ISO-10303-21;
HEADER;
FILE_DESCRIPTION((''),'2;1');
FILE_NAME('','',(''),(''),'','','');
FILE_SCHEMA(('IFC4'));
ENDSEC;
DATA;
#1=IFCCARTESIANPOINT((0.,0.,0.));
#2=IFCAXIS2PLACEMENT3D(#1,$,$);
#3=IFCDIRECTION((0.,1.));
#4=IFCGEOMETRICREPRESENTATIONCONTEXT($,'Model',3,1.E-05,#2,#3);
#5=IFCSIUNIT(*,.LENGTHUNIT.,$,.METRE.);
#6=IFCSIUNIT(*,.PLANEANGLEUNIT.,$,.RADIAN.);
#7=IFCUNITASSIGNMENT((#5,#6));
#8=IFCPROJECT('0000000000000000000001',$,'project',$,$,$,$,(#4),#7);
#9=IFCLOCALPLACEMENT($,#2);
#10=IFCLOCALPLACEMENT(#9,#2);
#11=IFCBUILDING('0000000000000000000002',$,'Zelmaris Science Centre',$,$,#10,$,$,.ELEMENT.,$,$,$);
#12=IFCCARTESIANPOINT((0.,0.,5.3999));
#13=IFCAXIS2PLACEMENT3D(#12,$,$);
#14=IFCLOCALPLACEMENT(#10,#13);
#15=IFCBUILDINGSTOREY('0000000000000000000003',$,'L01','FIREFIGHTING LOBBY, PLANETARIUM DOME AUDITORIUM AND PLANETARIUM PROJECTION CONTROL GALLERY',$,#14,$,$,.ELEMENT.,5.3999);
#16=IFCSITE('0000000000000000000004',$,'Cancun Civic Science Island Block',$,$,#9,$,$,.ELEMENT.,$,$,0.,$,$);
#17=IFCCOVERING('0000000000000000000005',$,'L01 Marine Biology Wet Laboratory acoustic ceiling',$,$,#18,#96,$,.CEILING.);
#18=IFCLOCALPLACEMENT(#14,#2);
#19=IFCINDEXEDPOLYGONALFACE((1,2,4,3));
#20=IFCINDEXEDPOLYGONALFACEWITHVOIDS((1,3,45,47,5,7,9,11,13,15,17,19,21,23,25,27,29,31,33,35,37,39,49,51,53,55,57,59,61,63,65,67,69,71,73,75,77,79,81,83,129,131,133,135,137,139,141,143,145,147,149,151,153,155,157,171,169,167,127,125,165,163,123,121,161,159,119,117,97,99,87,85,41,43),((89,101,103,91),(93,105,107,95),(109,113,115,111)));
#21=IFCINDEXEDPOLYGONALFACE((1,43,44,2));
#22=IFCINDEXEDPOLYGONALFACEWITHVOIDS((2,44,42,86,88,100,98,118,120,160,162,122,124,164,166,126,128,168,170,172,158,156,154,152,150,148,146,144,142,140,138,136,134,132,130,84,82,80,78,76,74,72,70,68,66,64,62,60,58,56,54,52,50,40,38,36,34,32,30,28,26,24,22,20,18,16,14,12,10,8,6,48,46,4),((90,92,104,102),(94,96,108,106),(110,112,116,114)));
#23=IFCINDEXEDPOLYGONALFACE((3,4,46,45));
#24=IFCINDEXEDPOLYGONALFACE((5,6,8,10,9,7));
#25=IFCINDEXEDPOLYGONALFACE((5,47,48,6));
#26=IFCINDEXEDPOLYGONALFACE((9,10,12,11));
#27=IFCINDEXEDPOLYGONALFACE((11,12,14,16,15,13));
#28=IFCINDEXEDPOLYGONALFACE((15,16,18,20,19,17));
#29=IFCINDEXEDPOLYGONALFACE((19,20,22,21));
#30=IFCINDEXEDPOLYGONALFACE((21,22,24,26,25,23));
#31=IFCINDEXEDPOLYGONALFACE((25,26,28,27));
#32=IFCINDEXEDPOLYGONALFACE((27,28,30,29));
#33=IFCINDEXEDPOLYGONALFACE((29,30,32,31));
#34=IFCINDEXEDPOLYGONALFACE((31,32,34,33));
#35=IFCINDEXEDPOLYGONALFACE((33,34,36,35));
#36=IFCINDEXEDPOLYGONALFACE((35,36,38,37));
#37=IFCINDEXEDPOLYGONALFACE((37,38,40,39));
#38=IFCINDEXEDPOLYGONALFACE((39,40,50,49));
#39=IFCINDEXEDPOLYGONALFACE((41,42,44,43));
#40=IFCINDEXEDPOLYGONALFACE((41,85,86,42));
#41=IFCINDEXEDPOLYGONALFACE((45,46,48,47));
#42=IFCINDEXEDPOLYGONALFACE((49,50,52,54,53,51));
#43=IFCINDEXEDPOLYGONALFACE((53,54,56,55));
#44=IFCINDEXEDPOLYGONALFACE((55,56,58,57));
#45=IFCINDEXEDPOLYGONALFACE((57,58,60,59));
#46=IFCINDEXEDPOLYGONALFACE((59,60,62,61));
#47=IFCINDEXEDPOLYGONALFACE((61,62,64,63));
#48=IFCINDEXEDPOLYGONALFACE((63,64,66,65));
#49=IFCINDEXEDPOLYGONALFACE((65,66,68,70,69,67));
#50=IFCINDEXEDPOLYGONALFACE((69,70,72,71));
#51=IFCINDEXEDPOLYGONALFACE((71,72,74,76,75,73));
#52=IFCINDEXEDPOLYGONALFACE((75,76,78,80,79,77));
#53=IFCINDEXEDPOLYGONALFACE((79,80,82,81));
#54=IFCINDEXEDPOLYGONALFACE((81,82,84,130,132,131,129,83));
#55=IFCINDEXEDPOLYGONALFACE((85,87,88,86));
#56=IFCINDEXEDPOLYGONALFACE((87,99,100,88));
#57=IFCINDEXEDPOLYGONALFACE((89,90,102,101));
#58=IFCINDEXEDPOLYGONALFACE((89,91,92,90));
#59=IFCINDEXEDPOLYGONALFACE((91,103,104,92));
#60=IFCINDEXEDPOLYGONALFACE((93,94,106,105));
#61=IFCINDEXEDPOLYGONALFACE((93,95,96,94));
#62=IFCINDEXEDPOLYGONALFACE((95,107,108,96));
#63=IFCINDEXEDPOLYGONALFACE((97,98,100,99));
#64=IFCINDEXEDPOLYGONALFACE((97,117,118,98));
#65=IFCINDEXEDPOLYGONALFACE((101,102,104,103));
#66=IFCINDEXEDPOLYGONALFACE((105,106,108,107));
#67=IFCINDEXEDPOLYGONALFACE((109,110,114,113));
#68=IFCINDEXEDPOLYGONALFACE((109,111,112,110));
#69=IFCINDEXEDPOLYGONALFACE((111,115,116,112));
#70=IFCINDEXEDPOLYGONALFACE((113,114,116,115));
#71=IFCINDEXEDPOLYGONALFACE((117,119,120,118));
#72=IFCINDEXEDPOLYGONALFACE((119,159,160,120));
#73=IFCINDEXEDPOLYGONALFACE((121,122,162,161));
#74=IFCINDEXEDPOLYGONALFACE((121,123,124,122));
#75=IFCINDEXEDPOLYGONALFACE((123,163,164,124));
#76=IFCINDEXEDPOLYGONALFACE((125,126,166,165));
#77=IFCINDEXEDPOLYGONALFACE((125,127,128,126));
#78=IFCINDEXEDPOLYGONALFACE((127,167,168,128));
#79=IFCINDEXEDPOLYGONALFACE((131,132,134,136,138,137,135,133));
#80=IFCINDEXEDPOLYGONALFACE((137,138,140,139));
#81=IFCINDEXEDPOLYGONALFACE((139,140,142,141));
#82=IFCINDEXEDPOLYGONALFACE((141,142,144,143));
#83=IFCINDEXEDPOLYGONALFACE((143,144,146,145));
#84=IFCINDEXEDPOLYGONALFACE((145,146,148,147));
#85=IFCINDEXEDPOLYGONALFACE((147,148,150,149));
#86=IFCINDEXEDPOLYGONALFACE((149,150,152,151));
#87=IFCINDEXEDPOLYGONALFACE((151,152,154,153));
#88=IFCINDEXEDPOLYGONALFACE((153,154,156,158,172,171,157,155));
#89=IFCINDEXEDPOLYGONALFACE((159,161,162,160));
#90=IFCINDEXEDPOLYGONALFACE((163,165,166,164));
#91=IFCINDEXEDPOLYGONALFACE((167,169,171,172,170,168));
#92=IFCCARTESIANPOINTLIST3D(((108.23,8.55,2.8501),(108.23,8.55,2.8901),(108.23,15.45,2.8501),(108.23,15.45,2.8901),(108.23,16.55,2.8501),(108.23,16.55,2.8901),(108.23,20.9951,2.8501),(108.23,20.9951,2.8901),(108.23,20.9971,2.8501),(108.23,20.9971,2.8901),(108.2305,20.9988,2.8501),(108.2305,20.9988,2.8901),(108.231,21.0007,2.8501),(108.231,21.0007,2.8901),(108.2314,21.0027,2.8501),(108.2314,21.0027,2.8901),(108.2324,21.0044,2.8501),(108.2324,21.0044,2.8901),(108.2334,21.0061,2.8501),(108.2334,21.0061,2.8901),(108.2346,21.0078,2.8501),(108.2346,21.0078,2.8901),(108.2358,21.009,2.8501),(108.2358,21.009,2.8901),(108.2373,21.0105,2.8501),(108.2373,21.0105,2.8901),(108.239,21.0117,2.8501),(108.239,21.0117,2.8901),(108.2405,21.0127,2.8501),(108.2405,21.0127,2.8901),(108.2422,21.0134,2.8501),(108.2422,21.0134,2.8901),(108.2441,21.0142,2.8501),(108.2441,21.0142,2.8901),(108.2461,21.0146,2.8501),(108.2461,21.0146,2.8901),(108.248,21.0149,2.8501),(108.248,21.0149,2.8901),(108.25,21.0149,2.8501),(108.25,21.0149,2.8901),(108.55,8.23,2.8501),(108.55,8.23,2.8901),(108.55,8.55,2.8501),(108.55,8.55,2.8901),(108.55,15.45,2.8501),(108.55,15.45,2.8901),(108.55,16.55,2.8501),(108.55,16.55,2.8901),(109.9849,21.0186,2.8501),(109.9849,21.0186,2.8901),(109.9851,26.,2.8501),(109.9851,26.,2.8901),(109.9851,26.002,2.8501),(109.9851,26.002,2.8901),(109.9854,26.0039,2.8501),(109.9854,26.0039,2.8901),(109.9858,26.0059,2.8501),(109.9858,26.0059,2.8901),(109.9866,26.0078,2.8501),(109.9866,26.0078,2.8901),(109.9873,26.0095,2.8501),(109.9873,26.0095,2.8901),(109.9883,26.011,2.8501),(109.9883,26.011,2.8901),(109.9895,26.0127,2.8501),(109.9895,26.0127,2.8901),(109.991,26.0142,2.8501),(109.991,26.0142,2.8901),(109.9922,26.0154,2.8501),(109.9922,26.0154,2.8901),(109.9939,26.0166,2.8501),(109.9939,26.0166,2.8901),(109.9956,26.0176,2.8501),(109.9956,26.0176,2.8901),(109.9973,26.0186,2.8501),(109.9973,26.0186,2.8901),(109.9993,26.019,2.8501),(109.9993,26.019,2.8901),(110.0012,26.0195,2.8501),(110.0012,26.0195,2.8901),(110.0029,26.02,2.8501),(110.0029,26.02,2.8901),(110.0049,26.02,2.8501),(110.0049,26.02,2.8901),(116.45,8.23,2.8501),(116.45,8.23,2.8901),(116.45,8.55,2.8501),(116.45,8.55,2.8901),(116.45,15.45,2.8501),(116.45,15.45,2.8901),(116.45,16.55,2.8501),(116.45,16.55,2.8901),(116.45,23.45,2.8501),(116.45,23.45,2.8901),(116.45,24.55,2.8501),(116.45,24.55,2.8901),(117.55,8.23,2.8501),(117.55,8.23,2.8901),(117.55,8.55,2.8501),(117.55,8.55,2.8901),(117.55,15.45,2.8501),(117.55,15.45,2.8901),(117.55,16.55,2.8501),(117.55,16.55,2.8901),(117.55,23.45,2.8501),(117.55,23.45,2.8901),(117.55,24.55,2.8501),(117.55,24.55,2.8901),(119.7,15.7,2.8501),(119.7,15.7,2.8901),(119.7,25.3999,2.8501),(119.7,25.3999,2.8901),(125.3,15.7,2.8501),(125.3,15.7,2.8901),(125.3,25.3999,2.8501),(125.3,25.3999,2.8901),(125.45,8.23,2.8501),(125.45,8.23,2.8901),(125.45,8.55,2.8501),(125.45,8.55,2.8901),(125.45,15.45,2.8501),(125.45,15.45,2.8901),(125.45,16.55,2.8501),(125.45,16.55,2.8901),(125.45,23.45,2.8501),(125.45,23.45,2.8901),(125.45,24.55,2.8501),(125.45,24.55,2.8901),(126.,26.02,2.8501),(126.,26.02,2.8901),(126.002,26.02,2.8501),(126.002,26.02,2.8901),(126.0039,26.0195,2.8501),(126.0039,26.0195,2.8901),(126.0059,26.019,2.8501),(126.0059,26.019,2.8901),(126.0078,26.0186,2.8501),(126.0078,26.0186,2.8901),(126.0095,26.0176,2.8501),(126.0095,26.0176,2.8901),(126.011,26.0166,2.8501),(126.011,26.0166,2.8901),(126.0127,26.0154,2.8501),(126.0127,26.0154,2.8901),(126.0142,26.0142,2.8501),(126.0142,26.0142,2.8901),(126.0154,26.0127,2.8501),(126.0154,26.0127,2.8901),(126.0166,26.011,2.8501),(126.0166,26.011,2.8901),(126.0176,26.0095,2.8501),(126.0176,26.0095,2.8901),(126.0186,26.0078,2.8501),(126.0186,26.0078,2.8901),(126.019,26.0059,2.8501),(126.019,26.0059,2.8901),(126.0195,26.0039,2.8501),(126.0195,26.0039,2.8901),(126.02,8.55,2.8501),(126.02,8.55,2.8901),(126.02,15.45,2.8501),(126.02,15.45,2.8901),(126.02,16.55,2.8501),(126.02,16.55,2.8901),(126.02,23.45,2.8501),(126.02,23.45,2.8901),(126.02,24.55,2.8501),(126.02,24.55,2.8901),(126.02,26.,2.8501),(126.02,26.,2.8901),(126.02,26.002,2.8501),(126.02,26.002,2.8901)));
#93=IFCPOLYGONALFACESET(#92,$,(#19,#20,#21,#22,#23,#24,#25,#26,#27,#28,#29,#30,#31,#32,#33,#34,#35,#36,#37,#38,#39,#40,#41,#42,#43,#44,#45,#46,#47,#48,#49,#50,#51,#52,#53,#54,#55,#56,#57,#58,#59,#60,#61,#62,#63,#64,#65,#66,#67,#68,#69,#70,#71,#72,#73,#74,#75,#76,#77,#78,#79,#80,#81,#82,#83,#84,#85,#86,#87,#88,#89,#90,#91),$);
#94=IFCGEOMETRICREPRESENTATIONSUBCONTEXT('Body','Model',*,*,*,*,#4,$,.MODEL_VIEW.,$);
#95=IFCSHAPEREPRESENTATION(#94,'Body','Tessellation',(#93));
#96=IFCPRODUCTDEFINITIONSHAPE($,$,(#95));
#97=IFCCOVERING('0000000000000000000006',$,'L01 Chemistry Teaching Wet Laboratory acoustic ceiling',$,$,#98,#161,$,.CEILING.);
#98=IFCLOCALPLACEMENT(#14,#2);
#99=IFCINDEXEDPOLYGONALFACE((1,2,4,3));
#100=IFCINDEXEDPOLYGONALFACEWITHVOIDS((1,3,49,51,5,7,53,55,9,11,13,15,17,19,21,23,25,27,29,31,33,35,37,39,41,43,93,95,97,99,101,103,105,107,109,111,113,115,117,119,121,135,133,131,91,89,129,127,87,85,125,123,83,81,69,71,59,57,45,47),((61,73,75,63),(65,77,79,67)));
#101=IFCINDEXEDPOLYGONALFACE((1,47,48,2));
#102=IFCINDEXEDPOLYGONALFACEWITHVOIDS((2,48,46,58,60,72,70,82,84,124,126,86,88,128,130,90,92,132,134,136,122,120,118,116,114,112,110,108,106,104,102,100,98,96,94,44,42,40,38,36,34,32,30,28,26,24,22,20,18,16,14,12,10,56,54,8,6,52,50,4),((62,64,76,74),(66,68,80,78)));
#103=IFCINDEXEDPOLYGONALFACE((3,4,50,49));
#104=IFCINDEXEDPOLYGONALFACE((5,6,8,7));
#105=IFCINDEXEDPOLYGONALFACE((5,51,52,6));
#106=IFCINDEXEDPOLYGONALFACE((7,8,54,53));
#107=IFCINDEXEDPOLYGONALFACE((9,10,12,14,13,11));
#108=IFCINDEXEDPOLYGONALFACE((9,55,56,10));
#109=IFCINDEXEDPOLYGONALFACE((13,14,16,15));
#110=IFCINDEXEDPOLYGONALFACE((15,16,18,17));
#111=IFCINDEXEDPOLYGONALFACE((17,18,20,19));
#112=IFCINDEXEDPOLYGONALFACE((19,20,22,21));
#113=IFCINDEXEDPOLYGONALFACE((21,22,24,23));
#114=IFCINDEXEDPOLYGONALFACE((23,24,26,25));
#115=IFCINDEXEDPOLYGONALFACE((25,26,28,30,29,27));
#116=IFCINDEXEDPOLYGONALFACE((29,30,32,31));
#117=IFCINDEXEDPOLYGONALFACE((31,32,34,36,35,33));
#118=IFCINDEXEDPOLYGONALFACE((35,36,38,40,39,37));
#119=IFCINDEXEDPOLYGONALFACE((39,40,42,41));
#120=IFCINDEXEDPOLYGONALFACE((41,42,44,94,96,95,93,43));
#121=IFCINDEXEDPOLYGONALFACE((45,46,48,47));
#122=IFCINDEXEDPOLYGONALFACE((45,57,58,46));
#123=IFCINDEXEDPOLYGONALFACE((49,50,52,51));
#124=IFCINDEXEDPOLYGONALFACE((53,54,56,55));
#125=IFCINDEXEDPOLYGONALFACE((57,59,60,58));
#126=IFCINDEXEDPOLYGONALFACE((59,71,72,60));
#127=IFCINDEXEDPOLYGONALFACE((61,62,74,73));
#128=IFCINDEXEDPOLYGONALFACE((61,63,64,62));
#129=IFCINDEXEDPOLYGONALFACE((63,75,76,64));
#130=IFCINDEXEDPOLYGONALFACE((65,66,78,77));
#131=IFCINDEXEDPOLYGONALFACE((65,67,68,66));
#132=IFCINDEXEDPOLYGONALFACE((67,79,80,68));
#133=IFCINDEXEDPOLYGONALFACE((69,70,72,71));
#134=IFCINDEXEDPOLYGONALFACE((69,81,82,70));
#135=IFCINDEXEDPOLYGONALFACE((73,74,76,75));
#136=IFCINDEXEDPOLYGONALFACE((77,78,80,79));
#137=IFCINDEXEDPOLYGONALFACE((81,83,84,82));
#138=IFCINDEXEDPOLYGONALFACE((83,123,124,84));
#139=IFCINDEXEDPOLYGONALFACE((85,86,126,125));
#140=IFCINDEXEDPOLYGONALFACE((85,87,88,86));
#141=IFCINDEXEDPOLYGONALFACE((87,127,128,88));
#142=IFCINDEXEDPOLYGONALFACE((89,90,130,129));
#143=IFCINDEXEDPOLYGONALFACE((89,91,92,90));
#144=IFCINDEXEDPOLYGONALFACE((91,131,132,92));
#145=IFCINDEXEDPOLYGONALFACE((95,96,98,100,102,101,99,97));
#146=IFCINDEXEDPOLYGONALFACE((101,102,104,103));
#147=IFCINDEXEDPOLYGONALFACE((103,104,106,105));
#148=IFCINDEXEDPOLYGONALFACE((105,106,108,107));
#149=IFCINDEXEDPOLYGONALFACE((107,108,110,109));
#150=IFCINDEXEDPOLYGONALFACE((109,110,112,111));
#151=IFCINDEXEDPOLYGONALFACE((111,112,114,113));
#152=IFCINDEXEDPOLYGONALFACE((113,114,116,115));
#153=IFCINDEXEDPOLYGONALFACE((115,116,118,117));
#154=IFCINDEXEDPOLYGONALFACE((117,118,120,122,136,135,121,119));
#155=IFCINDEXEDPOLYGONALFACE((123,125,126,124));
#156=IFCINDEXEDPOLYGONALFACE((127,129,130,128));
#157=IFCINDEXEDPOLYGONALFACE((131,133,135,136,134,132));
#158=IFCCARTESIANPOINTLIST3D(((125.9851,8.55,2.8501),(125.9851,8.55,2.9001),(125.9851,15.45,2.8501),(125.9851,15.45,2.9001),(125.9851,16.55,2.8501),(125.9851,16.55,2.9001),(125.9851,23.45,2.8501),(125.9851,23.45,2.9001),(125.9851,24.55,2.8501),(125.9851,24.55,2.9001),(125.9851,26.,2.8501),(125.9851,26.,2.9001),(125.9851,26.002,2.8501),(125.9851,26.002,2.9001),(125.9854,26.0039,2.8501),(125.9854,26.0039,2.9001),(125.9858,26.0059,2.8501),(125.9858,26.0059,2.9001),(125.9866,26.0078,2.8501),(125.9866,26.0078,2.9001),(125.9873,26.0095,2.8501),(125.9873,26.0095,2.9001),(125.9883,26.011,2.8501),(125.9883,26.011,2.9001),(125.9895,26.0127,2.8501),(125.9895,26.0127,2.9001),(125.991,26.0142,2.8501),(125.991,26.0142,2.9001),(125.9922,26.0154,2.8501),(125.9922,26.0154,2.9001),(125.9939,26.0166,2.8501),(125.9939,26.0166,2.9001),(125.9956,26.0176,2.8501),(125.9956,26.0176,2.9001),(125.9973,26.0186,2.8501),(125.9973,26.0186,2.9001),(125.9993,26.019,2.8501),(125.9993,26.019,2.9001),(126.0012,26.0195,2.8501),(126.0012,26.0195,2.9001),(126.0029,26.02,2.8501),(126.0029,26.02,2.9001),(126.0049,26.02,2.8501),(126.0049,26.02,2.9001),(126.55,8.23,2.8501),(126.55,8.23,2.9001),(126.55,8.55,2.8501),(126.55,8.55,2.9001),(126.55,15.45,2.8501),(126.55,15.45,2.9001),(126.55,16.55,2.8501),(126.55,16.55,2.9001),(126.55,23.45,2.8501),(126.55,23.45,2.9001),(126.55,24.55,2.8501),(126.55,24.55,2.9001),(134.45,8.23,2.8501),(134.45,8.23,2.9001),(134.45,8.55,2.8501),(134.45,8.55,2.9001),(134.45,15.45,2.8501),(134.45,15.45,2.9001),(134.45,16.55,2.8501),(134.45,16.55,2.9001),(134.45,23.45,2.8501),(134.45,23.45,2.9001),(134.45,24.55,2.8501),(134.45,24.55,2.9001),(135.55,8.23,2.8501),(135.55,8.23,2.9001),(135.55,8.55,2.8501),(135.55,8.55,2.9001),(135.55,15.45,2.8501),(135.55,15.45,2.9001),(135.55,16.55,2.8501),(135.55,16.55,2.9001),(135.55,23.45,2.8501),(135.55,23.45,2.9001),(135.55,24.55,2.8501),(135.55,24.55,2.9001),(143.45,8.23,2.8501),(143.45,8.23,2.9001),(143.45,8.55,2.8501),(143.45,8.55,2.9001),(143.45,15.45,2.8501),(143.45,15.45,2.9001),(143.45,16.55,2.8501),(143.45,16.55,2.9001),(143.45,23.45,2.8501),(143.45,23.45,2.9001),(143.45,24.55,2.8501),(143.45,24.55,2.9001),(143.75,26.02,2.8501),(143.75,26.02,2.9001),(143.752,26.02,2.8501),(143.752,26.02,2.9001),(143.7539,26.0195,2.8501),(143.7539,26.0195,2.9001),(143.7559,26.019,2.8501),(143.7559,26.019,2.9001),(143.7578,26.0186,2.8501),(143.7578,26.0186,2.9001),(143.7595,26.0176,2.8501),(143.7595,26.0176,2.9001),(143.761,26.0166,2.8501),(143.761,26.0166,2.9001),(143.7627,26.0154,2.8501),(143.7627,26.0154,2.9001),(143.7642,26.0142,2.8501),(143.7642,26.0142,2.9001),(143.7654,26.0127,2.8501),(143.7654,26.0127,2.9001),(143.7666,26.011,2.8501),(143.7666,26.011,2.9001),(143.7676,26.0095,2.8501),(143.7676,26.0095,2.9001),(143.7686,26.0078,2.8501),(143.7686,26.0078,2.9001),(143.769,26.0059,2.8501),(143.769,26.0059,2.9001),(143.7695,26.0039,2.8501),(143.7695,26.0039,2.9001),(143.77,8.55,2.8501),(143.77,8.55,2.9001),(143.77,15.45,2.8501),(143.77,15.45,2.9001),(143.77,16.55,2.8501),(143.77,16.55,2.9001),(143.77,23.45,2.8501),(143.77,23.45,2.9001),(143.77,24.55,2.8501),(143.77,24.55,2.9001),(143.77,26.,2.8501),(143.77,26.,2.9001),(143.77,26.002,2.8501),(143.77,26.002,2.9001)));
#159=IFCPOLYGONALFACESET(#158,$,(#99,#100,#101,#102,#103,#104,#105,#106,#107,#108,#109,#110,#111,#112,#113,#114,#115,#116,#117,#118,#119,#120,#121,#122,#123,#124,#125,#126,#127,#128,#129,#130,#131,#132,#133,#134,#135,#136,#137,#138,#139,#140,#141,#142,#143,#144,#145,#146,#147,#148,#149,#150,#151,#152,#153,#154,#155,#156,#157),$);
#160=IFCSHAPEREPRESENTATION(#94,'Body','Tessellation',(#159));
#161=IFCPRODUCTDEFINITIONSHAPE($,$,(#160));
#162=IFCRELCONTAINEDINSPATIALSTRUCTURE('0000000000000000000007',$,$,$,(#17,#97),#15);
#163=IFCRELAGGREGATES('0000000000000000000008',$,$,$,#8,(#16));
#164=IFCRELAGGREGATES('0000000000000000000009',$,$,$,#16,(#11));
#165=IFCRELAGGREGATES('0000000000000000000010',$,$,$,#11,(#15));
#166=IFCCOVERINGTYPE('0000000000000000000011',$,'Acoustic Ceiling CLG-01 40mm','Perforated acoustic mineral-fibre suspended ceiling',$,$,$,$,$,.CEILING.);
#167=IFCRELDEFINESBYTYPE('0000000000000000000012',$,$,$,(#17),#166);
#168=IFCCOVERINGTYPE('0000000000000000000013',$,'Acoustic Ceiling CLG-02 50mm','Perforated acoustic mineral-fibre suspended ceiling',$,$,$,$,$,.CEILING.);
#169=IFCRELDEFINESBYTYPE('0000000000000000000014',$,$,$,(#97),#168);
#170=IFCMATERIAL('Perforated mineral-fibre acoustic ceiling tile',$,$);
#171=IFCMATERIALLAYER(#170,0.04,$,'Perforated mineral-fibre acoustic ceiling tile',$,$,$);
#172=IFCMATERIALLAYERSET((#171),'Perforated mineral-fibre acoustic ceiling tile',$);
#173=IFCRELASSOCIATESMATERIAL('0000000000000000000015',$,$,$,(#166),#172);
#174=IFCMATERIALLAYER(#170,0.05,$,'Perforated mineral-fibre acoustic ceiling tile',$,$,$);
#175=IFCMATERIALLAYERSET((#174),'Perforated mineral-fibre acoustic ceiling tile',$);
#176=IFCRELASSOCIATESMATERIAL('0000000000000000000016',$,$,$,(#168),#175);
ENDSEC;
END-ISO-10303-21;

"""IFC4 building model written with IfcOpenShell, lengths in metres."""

from ifc_helpers import new_model, si_unit, direction, frame, origin, place, context, subcontext, project, spatial, polyline, outline, extrude, material, layer, layer_set, type_object, element, save


model = new_model("IFC4")

# Units and contexts
model_context = context("Model", 3, precision=1e-05, world=origin(), true_north=direction((0.0, 1.0)))
body_context = subcontext(model_context, "Body", "Model", "MODEL_VIEW")
ifc_project = project(units=[si_unit("LENGTHUNIT", "METRE"), si_unit("PLANEANGLEUNIT", "RADIAN")], contexts=[model_context])

# Site, building, storey
site_placement = place(None, origin())
site = spatial("IfcSite", under=ifc_project, at=site_placement, Name="Cancun Civic Science Island Block", CompositionType="ELEMENT", RefElevation=0.0)
building_placement = place(site_placement, origin())
building = spatial("IfcBuilding", under=site, at=building_placement, Name="Zelmaris Science Centre", CompositionType="ELEMENT")
storey_placement = place(building_placement, frame((0.0, 0.0, 5.3999)))
storey = spatial("IfcBuildingStorey", under=building, at=storey_placement, Name="L01", Description="FIREFIGHTING LOBBY, PLANETARIUM DOME AUDITORIUM AND PLANETARIUM PROJECTION CONTROL GALLERY", CompositionType="ELEMENT", Elevation=5.3999)

# Coverings
ifc_material_1 = material(Name="Perforated mineral-fibre acoustic ceiling tile")
ifc_layer_1 = layer(ifc_material_1, 0.04, Name="Perforated mineral-fibre acoustic ceiling tile")
ifc_layer_set_1 = layer_set([ifc_layer_1], Name="Perforated mineral-fibre acoustic ceiling tile")
covering_type_1 = type_object("IfcCoveringType", Name="Acoustic Ceiling CLG-01 40mm", Description="Perforated acoustic mineral-fibre suspended ceiling", PredefinedType="CEILING", material=ifc_layer_set_1)
covering_1_placement = place(storey_placement, frame((0.0, 0.0, 2.8501)))
element("IfcCovering", 1, at=covering_1_placement, inside=storey, type_object=covering_type_1, Name="L01 Marine Biology Wet Laboratory acoustic ceiling", PredefinedType="CEILING", context=body_context, shape_type="SweptSolid", body=[
    extrude(outline(polyline([(126.002, 26.02), (126.0039, 26.0195), (126.0059, 26.019), (126.0078, 26.0186), (126.0095, 26.0176), (126.011, 26.0166), (126.0127, 26.0154), (126.0142, 26.0142), (126.0154, 26.0127), (126.0166, 26.011), (126.0176, 26.0095), (126.0186, 26.0078), (126.019, 26.0059), (126.0195, 26.0039), (126.02, 26.002), (126.02, 26.0), (126.02, 24.55), (125.45, 24.55), (125.45, 23.45), (126.02, 23.45), (126.02, 16.55), (125.45, 16.55), (125.45, 15.45), (126.02, 15.45), (126.02, 8.55), (125.45, 8.55), (125.45, 8.23), (117.55, 8.23), (117.55, 8.55), (116.45, 8.55), (116.45, 8.23), (108.55, 8.23), (108.55, 8.55), (108.23, 8.55), (108.23, 15.45), (108.55, 15.45), (108.55, 16.55), (108.23, 16.55), (108.23, 20.9951), (108.23, 20.9971), (108.2305, 20.9988), (108.231, 21.0007), (108.2314, 21.0027), (108.2324, 21.0044), (108.2334, 21.0061), (108.2346, 21.0078), (108.2358, 21.009), (108.2373, 21.0105), (108.239, 21.0117), (108.2405, 21.0127), (108.2422, 21.0134), (108.2441, 21.0142), (108.2461, 21.0146), (108.248, 21.0149), (108.25, 21.0149), (109.9849, 21.0186), (109.9851, 26.0), (109.9851, 26.002), (109.9854, 26.0039), (109.9858, 26.0059), (109.9866, 26.0078), (109.9873, 26.0095), (109.9883, 26.011), (109.9895, 26.0127), (109.991, 26.0142), (109.9922, 26.0154), (109.9939, 26.0166), (109.9956, 26.0176), (109.9973, 26.0186), (109.9993, 26.019), (110.0012, 26.0195), (110.0029, 26.02), (110.0049, 26.02), (126.0, 26.02), (126.002, 26.02)]), holes=[polyline([(119.7, 25.3999), (119.7, 15.7), (125.3, 15.7), (125.3, 25.3999), (119.7, 25.3999)]), polyline([(116.45, 15.45), (117.55, 15.45), (117.55, 16.55), (116.45, 16.55), (116.45, 15.45)]), polyline([(117.55, 23.45), (117.55, 24.55), (116.45, 24.55), (116.45, 23.45), (117.55, 23.45)])]), origin(), (0.0, 0.0, 1.0), 0.04),
])
ifc_layer_2 = layer(ifc_material_1, 0.05, Name="Perforated mineral-fibre acoustic ceiling tile")
ifc_layer_set_2 = layer_set([ifc_layer_2], Name="Perforated mineral-fibre acoustic ceiling tile")
covering_type_2 = type_object("IfcCoveringType", Name="Acoustic Ceiling CLG-02 50mm", Description="Perforated acoustic mineral-fibre suspended ceiling", PredefinedType="CEILING", material=ifc_layer_set_2)
covering_2_placement = place(storey_placement, frame((0.0, 0.0, 2.8501)))
element("IfcCovering", 2, at=covering_2_placement, inside=storey, type_object=covering_type_2, Name="L01 Chemistry Teaching Wet Laboratory acoustic ceiling", PredefinedType="CEILING", context=body_context, shape_type="SweptSolid", body=[
    extrude(outline(polyline([(143.752, 26.02), (143.7539, 26.0195), (143.7559, 26.019), (143.7578, 26.0186), (143.7595, 26.0176), (143.761, 26.0166), (143.7627, 26.0154), (143.7642, 26.0142), (143.7654, 26.0127), (143.7666, 26.011), (143.7676, 26.0095), (143.7686, 26.0078), (143.769, 26.0059), (143.7695, 26.0039), (143.77, 26.002), (143.77, 26.0), (143.77, 24.55), (143.45, 24.55), (143.45, 23.45), (143.77, 23.45), (143.77, 16.55), (143.45, 16.55), (143.45, 15.45), (143.77, 15.45), (143.77, 8.55), (143.45, 8.55), (143.45, 8.23), (135.55, 8.23), (135.55, 8.55), (134.45, 8.55), (134.45, 8.23), (126.55, 8.23), (126.55, 8.55), (125.9851, 8.55), (125.9851, 15.45), (126.55, 15.45), (126.55, 16.55), (125.9851, 16.55), (125.9851, 23.45), (126.55, 23.45), (126.55, 24.55), (125.9851, 24.55), (125.9851, 26.0), (125.9851, 26.002), (125.9854, 26.0039), (125.9858, 26.0059), (125.9866, 26.0078), (125.9873, 26.0095), (125.9883, 26.011), (125.9895, 26.0127), (125.991, 26.0142), (125.9922, 26.0154), (125.9939, 26.0166), (125.9956, 26.0176), (125.9973, 26.0186), (125.9993, 26.019), (126.0012, 26.0195), (126.0029, 26.02), (126.0049, 26.02), (143.75, 26.02), (143.752, 26.02)]), holes=[polyline([(135.55, 15.45), (135.55, 16.55), (134.45, 16.55), (134.45, 15.45), (135.55, 15.45)]), polyline([(135.55, 24.55), (134.45, 24.55), (134.45, 23.45), (135.55, 23.45), (135.55, 24.55)])]), origin(), (0.0, 0.0, 1.0), 0.05),
])

save(model, "model.ifc")
